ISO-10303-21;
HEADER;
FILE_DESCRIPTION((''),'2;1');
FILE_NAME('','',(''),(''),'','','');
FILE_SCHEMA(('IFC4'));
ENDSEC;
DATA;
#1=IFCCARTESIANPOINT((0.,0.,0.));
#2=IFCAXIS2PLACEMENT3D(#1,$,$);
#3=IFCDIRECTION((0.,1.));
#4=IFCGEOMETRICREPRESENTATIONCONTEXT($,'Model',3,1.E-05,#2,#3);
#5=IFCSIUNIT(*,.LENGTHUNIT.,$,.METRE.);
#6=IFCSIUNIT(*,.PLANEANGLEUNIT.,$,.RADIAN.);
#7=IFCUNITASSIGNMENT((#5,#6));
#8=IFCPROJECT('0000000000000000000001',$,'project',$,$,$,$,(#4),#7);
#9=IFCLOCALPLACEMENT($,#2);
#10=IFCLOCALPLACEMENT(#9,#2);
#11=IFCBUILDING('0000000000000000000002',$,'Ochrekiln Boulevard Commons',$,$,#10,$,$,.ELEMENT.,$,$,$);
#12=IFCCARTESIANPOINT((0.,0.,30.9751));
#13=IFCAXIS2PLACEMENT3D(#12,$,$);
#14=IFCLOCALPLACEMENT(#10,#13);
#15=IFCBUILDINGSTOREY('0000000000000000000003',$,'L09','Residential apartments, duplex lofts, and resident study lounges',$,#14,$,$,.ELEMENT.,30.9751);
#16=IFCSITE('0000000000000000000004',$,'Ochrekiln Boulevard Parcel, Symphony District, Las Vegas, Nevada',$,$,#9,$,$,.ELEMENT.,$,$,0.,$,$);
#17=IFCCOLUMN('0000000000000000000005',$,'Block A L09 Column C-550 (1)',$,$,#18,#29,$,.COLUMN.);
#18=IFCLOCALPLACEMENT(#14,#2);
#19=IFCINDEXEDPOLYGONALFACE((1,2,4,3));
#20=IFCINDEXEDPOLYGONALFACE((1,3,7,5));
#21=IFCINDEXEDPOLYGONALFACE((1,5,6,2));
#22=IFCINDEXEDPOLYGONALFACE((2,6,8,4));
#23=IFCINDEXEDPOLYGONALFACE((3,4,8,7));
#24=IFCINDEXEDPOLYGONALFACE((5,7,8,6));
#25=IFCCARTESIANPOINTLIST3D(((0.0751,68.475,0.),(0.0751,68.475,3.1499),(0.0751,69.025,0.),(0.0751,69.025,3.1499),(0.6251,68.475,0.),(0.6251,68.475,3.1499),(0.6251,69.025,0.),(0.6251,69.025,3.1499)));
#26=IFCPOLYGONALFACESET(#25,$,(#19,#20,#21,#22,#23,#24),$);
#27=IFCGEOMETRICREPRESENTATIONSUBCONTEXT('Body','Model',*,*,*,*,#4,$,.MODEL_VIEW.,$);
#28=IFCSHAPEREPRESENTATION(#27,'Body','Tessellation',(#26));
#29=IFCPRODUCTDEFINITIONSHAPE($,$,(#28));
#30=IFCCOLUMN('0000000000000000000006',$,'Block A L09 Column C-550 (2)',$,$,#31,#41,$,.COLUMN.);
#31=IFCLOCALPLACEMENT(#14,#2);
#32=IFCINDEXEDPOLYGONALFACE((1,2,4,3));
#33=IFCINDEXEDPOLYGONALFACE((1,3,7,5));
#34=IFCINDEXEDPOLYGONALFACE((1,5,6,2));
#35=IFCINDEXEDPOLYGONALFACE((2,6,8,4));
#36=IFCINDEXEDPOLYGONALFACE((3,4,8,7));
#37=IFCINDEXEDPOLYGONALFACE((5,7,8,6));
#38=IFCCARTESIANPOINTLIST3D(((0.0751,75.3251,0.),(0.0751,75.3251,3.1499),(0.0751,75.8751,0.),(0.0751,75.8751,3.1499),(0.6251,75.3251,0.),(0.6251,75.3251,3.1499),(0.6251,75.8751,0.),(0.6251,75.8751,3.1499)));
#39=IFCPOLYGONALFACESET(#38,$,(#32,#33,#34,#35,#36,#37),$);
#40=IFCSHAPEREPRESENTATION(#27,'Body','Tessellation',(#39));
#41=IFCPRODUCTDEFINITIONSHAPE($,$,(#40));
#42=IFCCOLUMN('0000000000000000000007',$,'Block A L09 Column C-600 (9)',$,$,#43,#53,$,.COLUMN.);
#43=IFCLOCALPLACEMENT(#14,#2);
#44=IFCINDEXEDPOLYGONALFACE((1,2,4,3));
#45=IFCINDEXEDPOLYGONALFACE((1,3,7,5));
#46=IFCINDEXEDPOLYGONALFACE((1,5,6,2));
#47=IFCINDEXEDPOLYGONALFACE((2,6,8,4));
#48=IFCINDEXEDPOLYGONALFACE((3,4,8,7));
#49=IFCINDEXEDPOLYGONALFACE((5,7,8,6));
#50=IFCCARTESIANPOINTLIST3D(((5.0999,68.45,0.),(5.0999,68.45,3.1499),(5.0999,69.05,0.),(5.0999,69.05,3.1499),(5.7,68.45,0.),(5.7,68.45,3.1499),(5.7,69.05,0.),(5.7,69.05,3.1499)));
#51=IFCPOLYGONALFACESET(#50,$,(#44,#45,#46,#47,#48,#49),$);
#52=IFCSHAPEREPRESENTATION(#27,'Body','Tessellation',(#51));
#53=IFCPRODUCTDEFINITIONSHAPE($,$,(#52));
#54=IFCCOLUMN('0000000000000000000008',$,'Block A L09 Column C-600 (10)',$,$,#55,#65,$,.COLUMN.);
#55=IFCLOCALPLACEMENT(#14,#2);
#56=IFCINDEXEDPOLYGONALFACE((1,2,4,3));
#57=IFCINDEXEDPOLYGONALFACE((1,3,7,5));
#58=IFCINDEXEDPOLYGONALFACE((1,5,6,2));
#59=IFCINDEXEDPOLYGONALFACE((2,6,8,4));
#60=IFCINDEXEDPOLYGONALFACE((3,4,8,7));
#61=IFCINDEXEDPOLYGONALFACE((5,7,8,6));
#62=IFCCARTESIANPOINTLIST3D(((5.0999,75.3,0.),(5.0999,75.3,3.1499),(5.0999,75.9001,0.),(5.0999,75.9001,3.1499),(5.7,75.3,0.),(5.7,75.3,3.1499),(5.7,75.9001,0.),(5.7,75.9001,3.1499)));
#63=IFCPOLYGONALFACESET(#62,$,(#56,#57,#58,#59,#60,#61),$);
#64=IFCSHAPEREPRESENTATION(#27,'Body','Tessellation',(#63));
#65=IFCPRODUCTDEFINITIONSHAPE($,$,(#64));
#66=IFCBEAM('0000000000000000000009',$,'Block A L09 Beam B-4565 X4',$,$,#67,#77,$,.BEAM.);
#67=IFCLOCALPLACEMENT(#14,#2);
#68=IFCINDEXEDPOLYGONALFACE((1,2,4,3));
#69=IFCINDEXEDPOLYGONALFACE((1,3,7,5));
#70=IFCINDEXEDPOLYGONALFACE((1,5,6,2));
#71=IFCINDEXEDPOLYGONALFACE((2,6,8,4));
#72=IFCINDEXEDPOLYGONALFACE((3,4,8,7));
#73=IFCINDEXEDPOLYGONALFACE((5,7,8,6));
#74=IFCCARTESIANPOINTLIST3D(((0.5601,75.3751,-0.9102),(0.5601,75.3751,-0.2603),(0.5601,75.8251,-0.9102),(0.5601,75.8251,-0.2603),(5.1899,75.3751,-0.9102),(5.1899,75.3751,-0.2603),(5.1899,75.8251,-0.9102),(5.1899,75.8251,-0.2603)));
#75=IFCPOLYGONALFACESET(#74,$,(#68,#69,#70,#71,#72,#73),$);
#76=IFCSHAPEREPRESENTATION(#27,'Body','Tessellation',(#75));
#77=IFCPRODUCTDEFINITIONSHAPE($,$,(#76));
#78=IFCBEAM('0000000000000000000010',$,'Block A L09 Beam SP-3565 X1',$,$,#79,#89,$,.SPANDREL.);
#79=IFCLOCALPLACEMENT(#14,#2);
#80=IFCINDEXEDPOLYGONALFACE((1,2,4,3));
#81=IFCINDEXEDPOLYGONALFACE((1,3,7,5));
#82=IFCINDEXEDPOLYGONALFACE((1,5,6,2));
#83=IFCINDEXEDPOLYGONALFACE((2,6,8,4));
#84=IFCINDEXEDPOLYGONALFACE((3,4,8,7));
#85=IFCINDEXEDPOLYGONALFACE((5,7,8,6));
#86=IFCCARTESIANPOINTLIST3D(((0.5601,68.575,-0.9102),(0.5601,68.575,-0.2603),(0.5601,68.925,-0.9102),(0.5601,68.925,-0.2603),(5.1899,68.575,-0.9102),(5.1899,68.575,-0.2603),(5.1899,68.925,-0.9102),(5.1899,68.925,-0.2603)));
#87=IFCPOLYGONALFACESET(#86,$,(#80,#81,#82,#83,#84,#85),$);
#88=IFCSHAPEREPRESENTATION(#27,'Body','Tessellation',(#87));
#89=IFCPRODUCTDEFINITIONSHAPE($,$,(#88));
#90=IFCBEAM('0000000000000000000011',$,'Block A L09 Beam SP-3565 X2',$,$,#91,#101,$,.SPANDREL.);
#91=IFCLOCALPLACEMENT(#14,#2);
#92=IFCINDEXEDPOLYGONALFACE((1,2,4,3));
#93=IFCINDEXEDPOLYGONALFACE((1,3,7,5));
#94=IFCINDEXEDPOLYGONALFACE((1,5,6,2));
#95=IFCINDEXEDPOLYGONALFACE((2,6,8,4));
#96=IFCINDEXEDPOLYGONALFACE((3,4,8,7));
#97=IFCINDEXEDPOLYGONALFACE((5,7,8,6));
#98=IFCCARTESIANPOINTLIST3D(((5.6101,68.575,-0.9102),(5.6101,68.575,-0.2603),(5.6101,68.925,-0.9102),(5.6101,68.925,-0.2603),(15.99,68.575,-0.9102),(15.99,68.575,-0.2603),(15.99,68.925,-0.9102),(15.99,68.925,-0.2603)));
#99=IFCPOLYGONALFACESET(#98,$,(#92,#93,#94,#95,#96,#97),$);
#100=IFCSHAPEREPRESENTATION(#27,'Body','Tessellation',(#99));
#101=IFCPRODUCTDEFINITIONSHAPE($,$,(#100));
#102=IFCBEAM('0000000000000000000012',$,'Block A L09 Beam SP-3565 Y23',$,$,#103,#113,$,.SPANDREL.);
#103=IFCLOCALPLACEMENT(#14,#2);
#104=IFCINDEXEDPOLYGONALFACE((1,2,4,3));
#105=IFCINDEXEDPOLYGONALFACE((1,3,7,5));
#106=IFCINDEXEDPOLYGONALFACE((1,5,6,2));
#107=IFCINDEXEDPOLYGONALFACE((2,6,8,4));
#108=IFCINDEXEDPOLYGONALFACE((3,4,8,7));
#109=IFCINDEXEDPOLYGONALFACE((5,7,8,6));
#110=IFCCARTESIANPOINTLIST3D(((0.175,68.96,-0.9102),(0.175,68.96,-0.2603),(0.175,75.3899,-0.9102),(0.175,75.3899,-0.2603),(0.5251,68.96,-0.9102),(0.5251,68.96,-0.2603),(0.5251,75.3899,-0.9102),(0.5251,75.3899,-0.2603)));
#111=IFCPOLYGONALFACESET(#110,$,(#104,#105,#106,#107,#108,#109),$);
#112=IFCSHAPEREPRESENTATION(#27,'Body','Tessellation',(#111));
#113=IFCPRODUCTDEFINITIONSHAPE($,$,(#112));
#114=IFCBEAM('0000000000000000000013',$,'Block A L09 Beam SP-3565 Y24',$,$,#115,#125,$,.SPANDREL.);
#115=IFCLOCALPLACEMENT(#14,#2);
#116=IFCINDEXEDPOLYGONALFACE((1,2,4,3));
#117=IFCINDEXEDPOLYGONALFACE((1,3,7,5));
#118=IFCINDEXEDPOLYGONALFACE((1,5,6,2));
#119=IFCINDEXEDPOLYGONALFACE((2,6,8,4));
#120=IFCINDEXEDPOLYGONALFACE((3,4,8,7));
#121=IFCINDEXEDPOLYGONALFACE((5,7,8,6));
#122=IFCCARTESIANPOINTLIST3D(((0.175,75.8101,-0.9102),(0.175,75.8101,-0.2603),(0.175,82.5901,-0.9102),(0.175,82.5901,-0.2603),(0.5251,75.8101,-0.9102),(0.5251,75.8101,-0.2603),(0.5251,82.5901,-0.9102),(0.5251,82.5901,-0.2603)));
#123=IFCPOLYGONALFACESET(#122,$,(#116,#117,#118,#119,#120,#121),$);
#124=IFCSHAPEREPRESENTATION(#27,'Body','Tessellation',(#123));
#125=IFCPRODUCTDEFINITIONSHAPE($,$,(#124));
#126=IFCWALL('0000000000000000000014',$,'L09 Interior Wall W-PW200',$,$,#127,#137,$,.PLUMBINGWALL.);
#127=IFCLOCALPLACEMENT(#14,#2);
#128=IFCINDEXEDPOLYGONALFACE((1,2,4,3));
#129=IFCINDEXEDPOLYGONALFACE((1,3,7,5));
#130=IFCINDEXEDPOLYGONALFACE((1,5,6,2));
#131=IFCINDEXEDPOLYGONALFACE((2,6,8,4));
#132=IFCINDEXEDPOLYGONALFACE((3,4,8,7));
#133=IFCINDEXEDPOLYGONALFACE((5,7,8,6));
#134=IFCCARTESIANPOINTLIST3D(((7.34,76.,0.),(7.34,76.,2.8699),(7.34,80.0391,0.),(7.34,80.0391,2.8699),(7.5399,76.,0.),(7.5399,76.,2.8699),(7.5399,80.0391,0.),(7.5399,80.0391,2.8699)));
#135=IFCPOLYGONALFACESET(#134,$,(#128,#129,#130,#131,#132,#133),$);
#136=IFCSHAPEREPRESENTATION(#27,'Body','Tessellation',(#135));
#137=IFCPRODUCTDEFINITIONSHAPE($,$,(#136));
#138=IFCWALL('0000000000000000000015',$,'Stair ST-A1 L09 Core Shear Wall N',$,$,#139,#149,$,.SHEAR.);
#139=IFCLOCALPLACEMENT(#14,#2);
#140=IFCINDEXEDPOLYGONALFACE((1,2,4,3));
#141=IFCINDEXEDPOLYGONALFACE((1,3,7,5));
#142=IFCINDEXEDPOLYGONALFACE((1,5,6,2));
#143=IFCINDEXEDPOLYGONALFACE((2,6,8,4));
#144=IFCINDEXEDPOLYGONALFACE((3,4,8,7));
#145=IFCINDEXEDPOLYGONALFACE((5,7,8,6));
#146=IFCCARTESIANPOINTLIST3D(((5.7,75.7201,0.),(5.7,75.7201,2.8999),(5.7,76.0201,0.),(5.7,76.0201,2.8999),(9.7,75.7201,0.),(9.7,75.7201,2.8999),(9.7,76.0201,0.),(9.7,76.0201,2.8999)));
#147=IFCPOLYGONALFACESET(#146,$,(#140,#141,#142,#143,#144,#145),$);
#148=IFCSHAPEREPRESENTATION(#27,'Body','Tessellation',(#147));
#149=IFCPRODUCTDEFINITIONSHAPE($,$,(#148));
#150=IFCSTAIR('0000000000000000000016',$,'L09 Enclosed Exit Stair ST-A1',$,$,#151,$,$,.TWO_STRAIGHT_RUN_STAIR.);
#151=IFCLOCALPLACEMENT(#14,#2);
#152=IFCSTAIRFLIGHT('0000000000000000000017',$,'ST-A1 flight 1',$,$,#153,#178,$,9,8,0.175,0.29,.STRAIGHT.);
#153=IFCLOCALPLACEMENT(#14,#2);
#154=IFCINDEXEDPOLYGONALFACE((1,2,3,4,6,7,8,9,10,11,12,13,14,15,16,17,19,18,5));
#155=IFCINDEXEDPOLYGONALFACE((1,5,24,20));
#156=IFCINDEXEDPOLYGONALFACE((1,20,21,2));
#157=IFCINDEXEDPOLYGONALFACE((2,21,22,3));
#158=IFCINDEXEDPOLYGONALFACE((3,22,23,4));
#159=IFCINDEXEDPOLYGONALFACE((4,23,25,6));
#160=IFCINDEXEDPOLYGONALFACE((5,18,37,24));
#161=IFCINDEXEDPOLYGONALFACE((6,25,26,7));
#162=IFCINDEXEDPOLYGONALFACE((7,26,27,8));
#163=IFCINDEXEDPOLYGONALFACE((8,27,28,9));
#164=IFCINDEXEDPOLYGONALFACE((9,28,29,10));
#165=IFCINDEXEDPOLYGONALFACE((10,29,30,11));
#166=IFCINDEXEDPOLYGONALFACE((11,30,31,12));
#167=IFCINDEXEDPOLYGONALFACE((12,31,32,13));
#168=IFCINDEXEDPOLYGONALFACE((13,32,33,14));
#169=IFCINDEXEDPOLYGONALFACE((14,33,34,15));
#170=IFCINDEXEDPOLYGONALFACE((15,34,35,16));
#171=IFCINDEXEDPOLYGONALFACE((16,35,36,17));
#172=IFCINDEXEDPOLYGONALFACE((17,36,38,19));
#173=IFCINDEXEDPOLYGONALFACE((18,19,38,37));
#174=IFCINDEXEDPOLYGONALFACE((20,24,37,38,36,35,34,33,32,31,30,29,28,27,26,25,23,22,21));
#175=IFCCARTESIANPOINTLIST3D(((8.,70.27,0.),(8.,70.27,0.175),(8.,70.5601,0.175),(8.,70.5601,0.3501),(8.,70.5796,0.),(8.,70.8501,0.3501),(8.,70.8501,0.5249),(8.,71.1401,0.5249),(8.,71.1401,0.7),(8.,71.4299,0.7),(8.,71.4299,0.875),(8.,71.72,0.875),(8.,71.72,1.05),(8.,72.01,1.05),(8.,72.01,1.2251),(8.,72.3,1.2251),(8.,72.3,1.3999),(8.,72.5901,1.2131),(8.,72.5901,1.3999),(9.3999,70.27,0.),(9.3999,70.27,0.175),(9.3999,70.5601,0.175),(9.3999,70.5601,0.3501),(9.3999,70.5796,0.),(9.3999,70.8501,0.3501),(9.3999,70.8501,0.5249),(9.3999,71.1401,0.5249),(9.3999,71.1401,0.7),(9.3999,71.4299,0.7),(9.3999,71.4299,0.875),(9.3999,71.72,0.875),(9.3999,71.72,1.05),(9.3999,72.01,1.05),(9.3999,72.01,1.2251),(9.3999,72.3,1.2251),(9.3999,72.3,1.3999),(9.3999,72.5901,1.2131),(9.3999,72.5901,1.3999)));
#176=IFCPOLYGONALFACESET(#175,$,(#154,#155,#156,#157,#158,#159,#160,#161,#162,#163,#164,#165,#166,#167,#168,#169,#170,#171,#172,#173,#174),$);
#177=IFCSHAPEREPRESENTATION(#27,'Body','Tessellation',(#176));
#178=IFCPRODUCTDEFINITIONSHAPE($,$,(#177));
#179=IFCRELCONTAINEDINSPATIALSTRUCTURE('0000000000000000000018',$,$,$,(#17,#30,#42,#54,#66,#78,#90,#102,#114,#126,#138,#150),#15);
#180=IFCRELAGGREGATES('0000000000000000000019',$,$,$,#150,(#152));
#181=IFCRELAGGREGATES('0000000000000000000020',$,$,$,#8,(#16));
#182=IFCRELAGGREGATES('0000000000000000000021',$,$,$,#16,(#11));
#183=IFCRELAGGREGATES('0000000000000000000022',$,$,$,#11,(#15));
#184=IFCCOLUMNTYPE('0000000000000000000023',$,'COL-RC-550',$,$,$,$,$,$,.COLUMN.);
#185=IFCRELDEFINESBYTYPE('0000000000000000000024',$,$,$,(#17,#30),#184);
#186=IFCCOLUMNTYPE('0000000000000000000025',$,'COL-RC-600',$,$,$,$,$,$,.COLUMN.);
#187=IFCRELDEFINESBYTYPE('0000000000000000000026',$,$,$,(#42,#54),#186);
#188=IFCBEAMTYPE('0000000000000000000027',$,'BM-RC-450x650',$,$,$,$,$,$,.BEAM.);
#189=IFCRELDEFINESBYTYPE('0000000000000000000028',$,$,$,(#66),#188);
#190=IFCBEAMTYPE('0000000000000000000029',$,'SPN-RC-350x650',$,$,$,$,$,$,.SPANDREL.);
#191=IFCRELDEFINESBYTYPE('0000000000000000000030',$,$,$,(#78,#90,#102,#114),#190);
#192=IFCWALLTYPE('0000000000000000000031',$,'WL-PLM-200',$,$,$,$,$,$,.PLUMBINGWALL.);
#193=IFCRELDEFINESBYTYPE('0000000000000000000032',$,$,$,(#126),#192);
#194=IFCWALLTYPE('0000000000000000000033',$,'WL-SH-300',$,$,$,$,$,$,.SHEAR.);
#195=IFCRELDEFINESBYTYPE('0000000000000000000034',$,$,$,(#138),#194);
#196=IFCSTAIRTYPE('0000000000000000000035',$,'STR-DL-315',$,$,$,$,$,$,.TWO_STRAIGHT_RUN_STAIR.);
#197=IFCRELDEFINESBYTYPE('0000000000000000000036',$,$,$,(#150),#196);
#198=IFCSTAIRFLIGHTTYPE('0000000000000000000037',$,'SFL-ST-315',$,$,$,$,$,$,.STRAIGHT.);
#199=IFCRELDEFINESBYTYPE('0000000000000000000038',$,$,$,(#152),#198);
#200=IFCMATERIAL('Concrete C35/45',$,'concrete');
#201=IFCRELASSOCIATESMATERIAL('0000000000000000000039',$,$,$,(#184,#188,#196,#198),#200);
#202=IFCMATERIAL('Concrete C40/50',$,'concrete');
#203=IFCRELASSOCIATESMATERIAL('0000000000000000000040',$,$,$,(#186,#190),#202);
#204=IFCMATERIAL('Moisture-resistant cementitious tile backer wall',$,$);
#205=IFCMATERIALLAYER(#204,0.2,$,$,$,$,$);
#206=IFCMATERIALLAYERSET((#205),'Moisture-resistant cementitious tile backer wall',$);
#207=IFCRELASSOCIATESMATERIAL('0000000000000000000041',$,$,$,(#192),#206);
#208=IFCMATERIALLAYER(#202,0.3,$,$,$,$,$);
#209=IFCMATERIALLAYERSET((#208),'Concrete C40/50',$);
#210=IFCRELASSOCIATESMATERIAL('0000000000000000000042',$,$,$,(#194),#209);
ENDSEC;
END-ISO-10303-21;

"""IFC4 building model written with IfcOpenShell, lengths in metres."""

from ifc_helpers import new_model, si_unit, direction, frame, frame_2d, origin, origin_2d, place, context, subcontext, project, spatial, polyline, rectangle, outline, extrude, material, layer, layer_set, material_profile, profile_set, type_object, element, aggregate, save


model = new_model("IFC4")

# Units and contexts
model_context = context("Model", 3, precision=1e-05, world=origin(), true_north=direction((0.0, 1.0)))
body_context = subcontext(model_context, "Body", "Model", "MODEL_VIEW")
ifc_project = project(units=[si_unit("LENGTHUNIT", "METRE"), si_unit("PLANEANGLEUNIT", "RADIAN")], contexts=[model_context])

# Site, building, storey
site_placement = place(None, origin())
site = spatial("IfcSite", under=ifc_project, at=site_placement, Name="Ochrekiln Boulevard Parcel, Symphony District, Las Vegas, Nevada", CompositionType="ELEMENT", RefElevation=0.0)
building_placement = place(site_placement, origin())
building = spatial("IfcBuilding", under=site, at=building_placement, Name="Ochrekiln Boulevard Commons", CompositionType="ELEMENT")
storey_placement = place(building_placement, frame((0.0, 0.0, 30.9751)))
storey = spatial("IfcBuildingStorey", under=building, at=storey_placement, Name="L09", Description="Residential apartments, duplex lofts, and resident study lounges", CompositionType="ELEMENT", Elevation=30.9751)

# Columns
ifc_material_1 = material(Name="Concrete C35/45", Category="concrete")
ifc_material_profile_1 = material_profile(ifc_material_1, rectangle(XDim=0.55, YDim=0.55, at=origin_2d()), Name="RC-COL-550x550")
ifc_profile_set_1 = profile_set([ifc_material_profile_1], Name="Concrete C35/45")
column_type_1 = type_object("IfcColumnType", Name="COL-RC-550", PredefinedType="COLUMN", material=ifc_profile_set_1)
for number, where, z_axis, x_axis, name in (
    (1, (0.3501, 68.75, 0.0), (0.0, 0.0, 1.0), (1.0, 0.0, 0.0), "Block A L09 Column C-550 (1)"),
    (2, (0.3501, 75.6001, 0.0), (0.0, 0.0, 1.0), (1.0, 0.0, 0.0), "Block A L09 Column C-550 (2)"),
):
    element("IfcColumn", number, at=place(storey_placement, frame(where, z_axis=z_axis, x_axis=x_axis)), inside=storey, type_object=column_type_1, Name=name, PredefinedType="COLUMN", context=body_context, shape_type="SweptSolid", body=[
        extrude(rectangle(XDim=0.55, YDim=0.55, at=origin_2d()), origin(), (0.0, 0.0, 1.0), 3.1499),
    ])
ifc_material_2 = material(Name="Concrete C40/50", Category="concrete")
ifc_material_profile_2 = material_profile(ifc_material_2, rectangle(XDim=0.6001, YDim=0.6001, at=origin_2d()), Name="RC-COL-600x600")
ifc_profile_set_2 = profile_set([ifc_material_profile_2], Name="Concrete C40/50")
column_type_2 = type_object("IfcColumnType", Name="COL-RC-600", PredefinedType="COLUMN", material=ifc_profile_set_2)
for number, where, z_axis, x_axis, name in (
    (3, (5.3999, 68.75, 0.0), (0.0, 0.0, 1.0), (1.0, 0.0, 0.0), "Block A L09 Column C-600 (9)"),
    (4, (5.3999, 75.6001, 0.0), (0.0, 0.0, 1.0), (1.0, 0.0, 0.0), "Block A L09 Column C-600 (10)"),
):
    element("IfcColumn", number, at=place(storey_placement, frame(where, z_axis=z_axis, x_axis=x_axis)), inside=storey, type_object=column_type_2, Name=name, PredefinedType="COLUMN", context=body_context, shape_type="SweptSolid", body=[
        extrude(rectangle(XDim=0.6001, YDim=0.6001, at=origin_2d()), origin(), (0.0, 0.0, 1.0), 3.1499),
    ])

# Beams
ifc_material_profile_3 = material_profile(ifc_material_1, rectangle(XDim=0.45, YDim=0.6499, at=origin_2d()), Name="RC-BM-450x650")
ifc_profile_set_3 = profile_set([ifc_material_profile_3], Name="Concrete C35/45")
beam_type_1 = type_object("IfcBeamType", Name="BM-RC-450x650", PredefinedType="BEAM", material=ifc_profile_set_3)
beam_1_placement = place(storey_placement, frame((0.5601, 75.6001, -0.5852), z_axis=(1.0, 0.0, 0.0), x_axis=(0.0, 1.0, 0.0)))
element("IfcBeam", 5, at=beam_1_placement, inside=storey, type_object=beam_type_1, Name="Block A L09 Beam B-4565 X4", PredefinedType="BEAM", context=body_context, shape_type="SweptSolid", body=[
    extrude(rectangle(XDim=0.45, YDim=0.6499, at=origin_2d()), origin(), (0.0, 0.0, 1.0), 4.6299),
])
ifc_material_profile_4 = material_profile(ifc_material_2, rectangle(XDim=0.3501, YDim=0.6499, at=origin_2d()), Name="RC-SPN-350x650")
ifc_profile_set_4 = profile_set([ifc_material_profile_4], Name="Concrete C40/50")
beam_type_2 = type_object("IfcBeamType", Name="SPN-RC-350x650", PredefinedType="SPANDREL", material=ifc_profile_set_4)
beam_2_placement = place(storey_placement, frame((0.5601, 68.75, -0.5852), z_axis=(1.0, 0.0, 0.0), x_axis=(0.0, 1.0, 0.0)))
element("IfcBeam", 6, at=beam_2_placement, inside=storey, type_object=beam_type_2, Name="Block A L09 Beam SP-3565 X1", PredefinedType="SPANDREL", context=body_context, shape_type="SweptSolid", body=[
    extrude(rectangle(XDim=0.3501, YDim=0.6499, at=origin_2d()), origin(), (0.0, 0.0, 1.0), 4.6299),
])
beam_3_placement = place(storey_placement, frame((5.6101, 68.75, -0.5852), z_axis=(1.0, 0.0, 0.0), x_axis=(0.0, 1.0, 0.0)))
element("IfcBeam", 7, at=beam_3_placement, inside=storey, type_object=beam_type_2, Name="Block A L09 Beam SP-3565 X2", PredefinedType="SPANDREL", context=body_context, shape_type="SweptSolid", body=[
    extrude(rectangle(XDim=0.3501, YDim=0.6499, at=origin_2d()), origin(), (0.0, 0.0, 1.0), 10.3799),
])
beam_4_placement = place(storey_placement, frame((0.3501, 68.96, -0.5852), z_axis=(0.0, 1.0, 0.0), x_axis=(-1.0, 0.0, 0.0)))
element("IfcBeam", 8, at=beam_4_placement, inside=storey, type_object=beam_type_2, Name="Block A L09 Beam SP-3565 Y23", PredefinedType="SPANDREL", context=body_context, shape_type="SweptSolid", body=[
    extrude(rectangle(XDim=0.3501, YDim=0.6499, at=origin_2d()), origin(), (0.0, 0.0, 1.0), 6.4299),
])
beam_5_placement = place(storey_placement, frame((0.3501, 75.8101, -0.5852), z_axis=(0.0, 1.0, 0.0), x_axis=(-1.0, 0.0, 0.0)))
element("IfcBeam", 9, at=beam_5_placement, inside=storey, type_object=beam_type_2, Name="Block A L09 Beam SP-3565 Y24", PredefinedType="SPANDREL", context=body_context, shape_type="SweptSolid", body=[
    extrude(rectangle(XDim=0.3501, YDim=0.6499, at=origin_2d()), origin(), (0.0, 0.0, 1.0), 6.78),
])

# Walls
ifc_material_3 = material(Name="Moisture-resistant cementitious tile backer wall")
ifc_layer_1 = layer(ifc_material_3, 0.2)
ifc_layer_set_1 = layer_set([ifc_layer_1], Name="Moisture-resistant cementitious tile backer wall")
wall_type_1 = type_object("IfcWallType", Name="WL-PLM-200", PredefinedType="PLUMBINGWALL", material=ifc_layer_set_1)
wall_1_placement = place(storey_placement, frame((7.4399, 76.0, 0.0), z_axis=(0.0, 0.0, 1.0), x_axis=(0.0, 1.0, 0.0)))
element("IfcWall", 10, at=wall_1_placement, inside=storey, type_object=wall_type_1, Name="L09 Interior Wall W-PW200", PredefinedType="PLUMBINGWALL", context=body_context, shape_type="SweptSolid", body=[
    extrude(rectangle(XDim=4.0391, YDim=0.2, at=frame_2d((2.0195, 0.0))), origin(), (0.0, 0.0, 1.0), 2.8699),
])
ifc_layer_2 = layer(ifc_material_2, 0.3)
ifc_layer_set_2 = layer_set([ifc_layer_2], Name="Concrete C40/50")
wall_type_2 = type_object("IfcWallType", Name="WL-SH-300", PredefinedType="SHEAR", material=ifc_layer_set_2)
wall_2_placement = place(storey_placement, frame((5.7, 75.8701, 0.0), z_axis=(0.0, 0.0, 1.0), x_axis=(1.0, 0.0, 0.0)))
element("IfcWall", 11, at=wall_2_placement, inside=storey, type_object=wall_type_2, Name="Stair ST-A1 L09 Core Shear Wall N", PredefinedType="SHEAR", context=body_context, shape_type="SweptSolid", body=[
    extrude(rectangle(XDim=4.0, YDim=0.3, at=frame_2d((2.0, 0.0))), origin(), (0.0, 0.0, 1.0), 2.8999),
])

# Stair, stair flight
stair_type = type_object("IfcStairType", Name="STR-DL-315", PredefinedType="TWO_STRAIGHT_RUN_STAIR", material=ifc_material_1)
stair_placement = place(storey_placement, origin())
stair = element("IfcStair", 12, at=stair_placement, inside=storey, type_object=stair_type, Name="L09 Enclosed Exit Stair ST-A1", PredefinedType="TWO_STRAIGHT_RUN_STAIR")
stair_flight_type = type_object("IfcStairFlightType", Name="SFL-ST-315", PredefinedType="STRAIGHT", material=ifc_material_1)
stair_flight_1_placement = place(storey_placement, frame((8.7, 70.27, 0.0), z_axis=(0.0, 0.0, 1.0), x_axis=(0.0, 1.0, 0.0)))
stair_flight_1 = element("IfcStairFlight", 13, at=stair_flight_1_placement, type_object=stair_flight_type, Name="ST-A1 flight 1", NumberOfRisers=9, NumberOfTreads=8, PredefinedType="STRAIGHT", RiserHeight=0.175, TreadLength=0.29, context=body_context, shape_type="SweptSolid", body=[
    extrude(outline(polyline([(0.0, 0.0), (0.0, 0.175), (0.29, 0.175), (0.29, 0.3501), (0.5801, 0.3501), (0.5801, 0.5249), (0.8701, 0.5249), (0.8701, 0.7), (1.1599, 0.7), (1.1599, 0.875), (1.45, 0.875), (1.45, 1.05), (1.74, 1.05), (1.74, 1.2251), (2.03, 1.2251), (2.03, 1.3999), (2.3201, 1.3999), (2.3201, 1.575), (2.3201, 1.2131), (0.3096, 0.0), (0.0, 0.0)])), frame((0.0, 0.7, 0.0), z_axis=(0.0, -1.0, 0.0), x_axis=(1.0, 0.0, 0.0)), (0.0, 0.0, 1.0), 1.3999),
])
aggregate(stair, [stair_flight_1])

save(model, "model.ifc")
